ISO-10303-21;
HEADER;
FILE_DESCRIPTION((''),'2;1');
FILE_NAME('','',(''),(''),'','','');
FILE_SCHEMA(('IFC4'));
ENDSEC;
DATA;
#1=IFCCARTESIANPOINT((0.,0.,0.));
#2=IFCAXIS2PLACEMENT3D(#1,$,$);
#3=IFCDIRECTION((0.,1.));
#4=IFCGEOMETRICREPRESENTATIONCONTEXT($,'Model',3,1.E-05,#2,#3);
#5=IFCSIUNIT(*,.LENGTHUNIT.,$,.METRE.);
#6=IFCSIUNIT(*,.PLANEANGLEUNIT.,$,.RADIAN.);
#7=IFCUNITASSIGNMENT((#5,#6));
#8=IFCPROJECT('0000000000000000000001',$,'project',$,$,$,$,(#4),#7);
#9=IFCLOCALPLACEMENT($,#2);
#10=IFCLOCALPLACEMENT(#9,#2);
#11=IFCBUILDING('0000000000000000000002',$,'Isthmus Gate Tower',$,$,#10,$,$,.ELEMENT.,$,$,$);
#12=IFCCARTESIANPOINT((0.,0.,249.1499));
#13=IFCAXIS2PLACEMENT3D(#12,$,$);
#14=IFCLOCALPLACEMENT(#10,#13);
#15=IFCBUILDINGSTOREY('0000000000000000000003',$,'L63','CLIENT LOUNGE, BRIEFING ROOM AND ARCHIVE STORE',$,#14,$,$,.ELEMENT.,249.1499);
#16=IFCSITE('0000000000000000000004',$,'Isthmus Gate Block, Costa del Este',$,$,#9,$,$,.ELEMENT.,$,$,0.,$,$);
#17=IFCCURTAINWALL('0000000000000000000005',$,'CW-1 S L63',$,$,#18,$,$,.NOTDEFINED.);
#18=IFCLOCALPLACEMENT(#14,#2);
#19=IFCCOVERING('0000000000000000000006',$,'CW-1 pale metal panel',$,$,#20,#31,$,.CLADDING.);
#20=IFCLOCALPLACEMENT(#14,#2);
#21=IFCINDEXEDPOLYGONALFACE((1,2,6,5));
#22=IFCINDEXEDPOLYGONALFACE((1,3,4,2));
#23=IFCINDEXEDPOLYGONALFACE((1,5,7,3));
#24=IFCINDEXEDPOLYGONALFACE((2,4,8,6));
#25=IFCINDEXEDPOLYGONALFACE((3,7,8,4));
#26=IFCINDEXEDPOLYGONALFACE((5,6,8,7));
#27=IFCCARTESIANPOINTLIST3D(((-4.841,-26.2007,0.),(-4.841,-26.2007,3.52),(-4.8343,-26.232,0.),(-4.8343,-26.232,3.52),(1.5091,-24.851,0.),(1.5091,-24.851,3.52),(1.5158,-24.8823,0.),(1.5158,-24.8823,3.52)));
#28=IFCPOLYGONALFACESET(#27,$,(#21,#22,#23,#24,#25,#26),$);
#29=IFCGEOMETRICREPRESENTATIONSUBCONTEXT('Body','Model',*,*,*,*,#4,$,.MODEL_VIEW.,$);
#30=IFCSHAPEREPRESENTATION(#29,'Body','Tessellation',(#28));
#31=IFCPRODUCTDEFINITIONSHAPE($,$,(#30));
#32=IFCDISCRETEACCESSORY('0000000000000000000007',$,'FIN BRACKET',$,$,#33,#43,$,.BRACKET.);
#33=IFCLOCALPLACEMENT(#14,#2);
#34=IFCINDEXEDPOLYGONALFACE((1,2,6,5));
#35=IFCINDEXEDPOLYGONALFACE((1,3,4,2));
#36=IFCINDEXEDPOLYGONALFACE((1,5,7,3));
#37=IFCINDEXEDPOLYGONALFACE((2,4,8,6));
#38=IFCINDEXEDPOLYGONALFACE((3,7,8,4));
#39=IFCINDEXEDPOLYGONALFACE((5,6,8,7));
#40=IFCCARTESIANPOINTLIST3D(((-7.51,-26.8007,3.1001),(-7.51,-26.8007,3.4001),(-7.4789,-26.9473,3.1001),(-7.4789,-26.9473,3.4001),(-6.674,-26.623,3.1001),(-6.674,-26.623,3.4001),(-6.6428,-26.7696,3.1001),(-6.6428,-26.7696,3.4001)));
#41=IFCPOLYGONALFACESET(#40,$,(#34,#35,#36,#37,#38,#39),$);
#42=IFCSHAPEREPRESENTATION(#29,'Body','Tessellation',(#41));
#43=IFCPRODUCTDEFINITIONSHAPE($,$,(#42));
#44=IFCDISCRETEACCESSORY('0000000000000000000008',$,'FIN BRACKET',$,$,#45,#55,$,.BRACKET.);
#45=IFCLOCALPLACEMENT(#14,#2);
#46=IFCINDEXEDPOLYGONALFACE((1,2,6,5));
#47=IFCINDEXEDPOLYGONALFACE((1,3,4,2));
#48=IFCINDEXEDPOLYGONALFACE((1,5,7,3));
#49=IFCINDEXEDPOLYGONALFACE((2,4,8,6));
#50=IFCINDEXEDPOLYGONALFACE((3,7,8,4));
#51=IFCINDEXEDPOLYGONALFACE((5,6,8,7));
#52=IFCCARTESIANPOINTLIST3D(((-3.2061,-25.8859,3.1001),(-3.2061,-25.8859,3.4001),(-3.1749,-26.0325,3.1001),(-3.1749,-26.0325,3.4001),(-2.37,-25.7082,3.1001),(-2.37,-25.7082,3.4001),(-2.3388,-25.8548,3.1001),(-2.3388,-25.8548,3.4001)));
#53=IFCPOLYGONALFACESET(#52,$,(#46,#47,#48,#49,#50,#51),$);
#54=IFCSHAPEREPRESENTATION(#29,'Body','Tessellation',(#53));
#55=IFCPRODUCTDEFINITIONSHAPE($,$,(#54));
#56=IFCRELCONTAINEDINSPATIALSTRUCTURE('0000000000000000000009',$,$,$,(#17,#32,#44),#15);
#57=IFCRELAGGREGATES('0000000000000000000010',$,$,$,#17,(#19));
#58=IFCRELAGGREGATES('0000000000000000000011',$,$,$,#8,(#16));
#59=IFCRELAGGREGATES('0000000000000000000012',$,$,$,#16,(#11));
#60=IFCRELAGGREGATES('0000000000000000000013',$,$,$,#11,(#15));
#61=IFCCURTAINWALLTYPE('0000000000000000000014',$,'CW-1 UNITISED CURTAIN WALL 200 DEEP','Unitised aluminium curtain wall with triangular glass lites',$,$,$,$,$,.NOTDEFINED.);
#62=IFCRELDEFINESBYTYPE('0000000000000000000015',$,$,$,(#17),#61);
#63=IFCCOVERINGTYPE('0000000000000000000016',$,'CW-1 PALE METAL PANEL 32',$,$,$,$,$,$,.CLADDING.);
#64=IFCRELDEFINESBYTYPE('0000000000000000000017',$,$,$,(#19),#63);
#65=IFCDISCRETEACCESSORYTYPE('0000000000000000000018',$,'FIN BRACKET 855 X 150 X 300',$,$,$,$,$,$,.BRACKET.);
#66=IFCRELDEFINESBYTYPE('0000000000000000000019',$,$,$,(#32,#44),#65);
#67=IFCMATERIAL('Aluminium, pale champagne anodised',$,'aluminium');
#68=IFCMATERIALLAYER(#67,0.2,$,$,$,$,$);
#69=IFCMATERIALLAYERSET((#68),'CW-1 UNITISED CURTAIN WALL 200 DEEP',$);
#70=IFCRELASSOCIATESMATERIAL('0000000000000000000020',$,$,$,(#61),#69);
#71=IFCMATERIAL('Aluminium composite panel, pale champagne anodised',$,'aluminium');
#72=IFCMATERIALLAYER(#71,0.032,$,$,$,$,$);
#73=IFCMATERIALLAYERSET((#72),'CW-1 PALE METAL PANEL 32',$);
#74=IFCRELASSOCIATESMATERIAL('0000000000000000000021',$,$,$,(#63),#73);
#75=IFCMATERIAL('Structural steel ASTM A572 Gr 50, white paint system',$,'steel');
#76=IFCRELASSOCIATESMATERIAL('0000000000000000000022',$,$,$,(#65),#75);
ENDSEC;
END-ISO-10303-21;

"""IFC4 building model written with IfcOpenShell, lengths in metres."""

from ifc_helpers import new_model, si_unit, direction, frame, origin, origin_2d, place, context, subcontext, project, spatial, rectangle, extrude, material, layer, layer_set, type_object, element, aggregate, save


model = new_model("IFC4")

# Units and contexts
model_context = context("Model", 3, precision=1e-05, world=origin(), true_north=direction((0.0, 1.0)))
body_context = subcontext(model_context, "Body", "Model", "MODEL_VIEW")
ifc_project = project(units=[si_unit("LENGTHUNIT", "METRE"), si_unit("PLANEANGLEUNIT", "RADIAN")], contexts=[model_context])

# Site, building, storey
site_placement = place(None, origin())
site = spatial("IfcSite", under=ifc_project, at=site_placement, Name="Isthmus Gate Block, Costa del Este", CompositionType="ELEMENT", RefElevation=0.0)
building_placement = place(site_placement, origin())
building = spatial("IfcBuilding", under=site, at=building_placement, Name="Isthmus Gate Tower", CompositionType="ELEMENT")
storey_placement = place(building_placement, frame((0.0, 0.0, 249.1499)))
storey = spatial("IfcBuildingStorey", under=building, at=storey_placement, Name="L63", Description="CLIENT LOUNGE, BRIEFING ROOM AND ARCHIVE STORE", CompositionType="ELEMENT", Elevation=249.1499)

# Curtain wall
ifc_material_1 = material(Name="Aluminium, pale champagne anodised", Category="aluminium")
ifc_layer_1 = layer(ifc_material_1, 0.2)
ifc_layer_set_1 = layer_set([ifc_layer_1], Name="CW-1 UNITISED CURTAIN WALL 200 DEEP")
curtain_wall_type_1 = type_object("IfcCurtainWallType", Name="CW-1 UNITISED CURTAIN WALL 200 DEEP", Description="Unitised aluminium curtain wall with triangular glass lites", PredefinedType="NOTDEFINED", material=ifc_layer_set_1)
curtain_wall_1_placement = place(storey_placement, origin())
curtain_wall_1 = element("IfcCurtainWall", 1, at=curtain_wall_1_placement, inside=storey, type_object=curtain_wall_type_1, Name="CW-1 S L63", PredefinedType="NOTDEFINED")

# Covering
ifc_material_2 = material(Name="Aluminium composite panel, pale champagne anodised", Category="aluminium")
ifc_layer_2 = layer(ifc_material_2, 0.032)
ifc_layer_set_2 = layer_set([ifc_layer_2], Name="CW-1 PALE METAL PANEL 32")
covering_type = type_object("IfcCoveringType", Name="CW-1 PALE METAL PANEL 32", PredefinedType="CLADDING", material=ifc_layer_set_2)
covering_placement = place(storey_placement, frame((-1.6626, -25.5415, 0.0), z_axis=(0.0, 0.0, 1.0), x_axis=(0.978148, 0.207912, 0.0)))
covering = element("IfcCovering", 2, at=covering_placement, type_object=covering_type, Name="CW-1 pale metal panel", PredefinedType="CLADDING", context=body_context, shape_type="SweptSolid", body=[
    extrude(rectangle(XDim=6.4919, YDim=0.032, at=origin_2d()), origin(), (0.0, 0.0, 1.0), 3.52),
])
aggregate(curtain_wall_1, [covering])

# Discrete accessories
ifc_material_3 = material(Name="Structural steel ASTM A572 Gr 50, white paint system", Category="steel")
discrete_accessory_type = type_object("IfcDiscreteAccessoryType", Name="FIN BRACKET 855 X 150 X 300", PredefinedType="BRACKET", material=ifc_material_3)
for number, where, z_axis, x_axis, name in (
    (3, (-7.0764, -26.7852, 3.1001), (0.0, 0.0, 1.0), (0.207912, -0.978148, 0.0), "FIN BRACKET"),
    (4, (-2.7725, -25.8704, 3.1001), (0.0, 0.0, 1.0), (0.207912, -0.978148, 0.0), "FIN BRACKET"),
):
    element("IfcDiscreteAccessory", number, at=place(storey_placement, frame(where, z_axis=z_axis, x_axis=x_axis)), inside=storey, type_object=discrete_accessory_type, Name=name, PredefinedType="BRACKET", context=body_context, shape_type="SweptSolid", body=[
        extrude(rectangle(XDim=0.1499, YDim=0.8547, at=origin_2d()), origin(), (0.0, 0.0, 1.0), 0.3),
    ])

save(model, "model.ifc")
